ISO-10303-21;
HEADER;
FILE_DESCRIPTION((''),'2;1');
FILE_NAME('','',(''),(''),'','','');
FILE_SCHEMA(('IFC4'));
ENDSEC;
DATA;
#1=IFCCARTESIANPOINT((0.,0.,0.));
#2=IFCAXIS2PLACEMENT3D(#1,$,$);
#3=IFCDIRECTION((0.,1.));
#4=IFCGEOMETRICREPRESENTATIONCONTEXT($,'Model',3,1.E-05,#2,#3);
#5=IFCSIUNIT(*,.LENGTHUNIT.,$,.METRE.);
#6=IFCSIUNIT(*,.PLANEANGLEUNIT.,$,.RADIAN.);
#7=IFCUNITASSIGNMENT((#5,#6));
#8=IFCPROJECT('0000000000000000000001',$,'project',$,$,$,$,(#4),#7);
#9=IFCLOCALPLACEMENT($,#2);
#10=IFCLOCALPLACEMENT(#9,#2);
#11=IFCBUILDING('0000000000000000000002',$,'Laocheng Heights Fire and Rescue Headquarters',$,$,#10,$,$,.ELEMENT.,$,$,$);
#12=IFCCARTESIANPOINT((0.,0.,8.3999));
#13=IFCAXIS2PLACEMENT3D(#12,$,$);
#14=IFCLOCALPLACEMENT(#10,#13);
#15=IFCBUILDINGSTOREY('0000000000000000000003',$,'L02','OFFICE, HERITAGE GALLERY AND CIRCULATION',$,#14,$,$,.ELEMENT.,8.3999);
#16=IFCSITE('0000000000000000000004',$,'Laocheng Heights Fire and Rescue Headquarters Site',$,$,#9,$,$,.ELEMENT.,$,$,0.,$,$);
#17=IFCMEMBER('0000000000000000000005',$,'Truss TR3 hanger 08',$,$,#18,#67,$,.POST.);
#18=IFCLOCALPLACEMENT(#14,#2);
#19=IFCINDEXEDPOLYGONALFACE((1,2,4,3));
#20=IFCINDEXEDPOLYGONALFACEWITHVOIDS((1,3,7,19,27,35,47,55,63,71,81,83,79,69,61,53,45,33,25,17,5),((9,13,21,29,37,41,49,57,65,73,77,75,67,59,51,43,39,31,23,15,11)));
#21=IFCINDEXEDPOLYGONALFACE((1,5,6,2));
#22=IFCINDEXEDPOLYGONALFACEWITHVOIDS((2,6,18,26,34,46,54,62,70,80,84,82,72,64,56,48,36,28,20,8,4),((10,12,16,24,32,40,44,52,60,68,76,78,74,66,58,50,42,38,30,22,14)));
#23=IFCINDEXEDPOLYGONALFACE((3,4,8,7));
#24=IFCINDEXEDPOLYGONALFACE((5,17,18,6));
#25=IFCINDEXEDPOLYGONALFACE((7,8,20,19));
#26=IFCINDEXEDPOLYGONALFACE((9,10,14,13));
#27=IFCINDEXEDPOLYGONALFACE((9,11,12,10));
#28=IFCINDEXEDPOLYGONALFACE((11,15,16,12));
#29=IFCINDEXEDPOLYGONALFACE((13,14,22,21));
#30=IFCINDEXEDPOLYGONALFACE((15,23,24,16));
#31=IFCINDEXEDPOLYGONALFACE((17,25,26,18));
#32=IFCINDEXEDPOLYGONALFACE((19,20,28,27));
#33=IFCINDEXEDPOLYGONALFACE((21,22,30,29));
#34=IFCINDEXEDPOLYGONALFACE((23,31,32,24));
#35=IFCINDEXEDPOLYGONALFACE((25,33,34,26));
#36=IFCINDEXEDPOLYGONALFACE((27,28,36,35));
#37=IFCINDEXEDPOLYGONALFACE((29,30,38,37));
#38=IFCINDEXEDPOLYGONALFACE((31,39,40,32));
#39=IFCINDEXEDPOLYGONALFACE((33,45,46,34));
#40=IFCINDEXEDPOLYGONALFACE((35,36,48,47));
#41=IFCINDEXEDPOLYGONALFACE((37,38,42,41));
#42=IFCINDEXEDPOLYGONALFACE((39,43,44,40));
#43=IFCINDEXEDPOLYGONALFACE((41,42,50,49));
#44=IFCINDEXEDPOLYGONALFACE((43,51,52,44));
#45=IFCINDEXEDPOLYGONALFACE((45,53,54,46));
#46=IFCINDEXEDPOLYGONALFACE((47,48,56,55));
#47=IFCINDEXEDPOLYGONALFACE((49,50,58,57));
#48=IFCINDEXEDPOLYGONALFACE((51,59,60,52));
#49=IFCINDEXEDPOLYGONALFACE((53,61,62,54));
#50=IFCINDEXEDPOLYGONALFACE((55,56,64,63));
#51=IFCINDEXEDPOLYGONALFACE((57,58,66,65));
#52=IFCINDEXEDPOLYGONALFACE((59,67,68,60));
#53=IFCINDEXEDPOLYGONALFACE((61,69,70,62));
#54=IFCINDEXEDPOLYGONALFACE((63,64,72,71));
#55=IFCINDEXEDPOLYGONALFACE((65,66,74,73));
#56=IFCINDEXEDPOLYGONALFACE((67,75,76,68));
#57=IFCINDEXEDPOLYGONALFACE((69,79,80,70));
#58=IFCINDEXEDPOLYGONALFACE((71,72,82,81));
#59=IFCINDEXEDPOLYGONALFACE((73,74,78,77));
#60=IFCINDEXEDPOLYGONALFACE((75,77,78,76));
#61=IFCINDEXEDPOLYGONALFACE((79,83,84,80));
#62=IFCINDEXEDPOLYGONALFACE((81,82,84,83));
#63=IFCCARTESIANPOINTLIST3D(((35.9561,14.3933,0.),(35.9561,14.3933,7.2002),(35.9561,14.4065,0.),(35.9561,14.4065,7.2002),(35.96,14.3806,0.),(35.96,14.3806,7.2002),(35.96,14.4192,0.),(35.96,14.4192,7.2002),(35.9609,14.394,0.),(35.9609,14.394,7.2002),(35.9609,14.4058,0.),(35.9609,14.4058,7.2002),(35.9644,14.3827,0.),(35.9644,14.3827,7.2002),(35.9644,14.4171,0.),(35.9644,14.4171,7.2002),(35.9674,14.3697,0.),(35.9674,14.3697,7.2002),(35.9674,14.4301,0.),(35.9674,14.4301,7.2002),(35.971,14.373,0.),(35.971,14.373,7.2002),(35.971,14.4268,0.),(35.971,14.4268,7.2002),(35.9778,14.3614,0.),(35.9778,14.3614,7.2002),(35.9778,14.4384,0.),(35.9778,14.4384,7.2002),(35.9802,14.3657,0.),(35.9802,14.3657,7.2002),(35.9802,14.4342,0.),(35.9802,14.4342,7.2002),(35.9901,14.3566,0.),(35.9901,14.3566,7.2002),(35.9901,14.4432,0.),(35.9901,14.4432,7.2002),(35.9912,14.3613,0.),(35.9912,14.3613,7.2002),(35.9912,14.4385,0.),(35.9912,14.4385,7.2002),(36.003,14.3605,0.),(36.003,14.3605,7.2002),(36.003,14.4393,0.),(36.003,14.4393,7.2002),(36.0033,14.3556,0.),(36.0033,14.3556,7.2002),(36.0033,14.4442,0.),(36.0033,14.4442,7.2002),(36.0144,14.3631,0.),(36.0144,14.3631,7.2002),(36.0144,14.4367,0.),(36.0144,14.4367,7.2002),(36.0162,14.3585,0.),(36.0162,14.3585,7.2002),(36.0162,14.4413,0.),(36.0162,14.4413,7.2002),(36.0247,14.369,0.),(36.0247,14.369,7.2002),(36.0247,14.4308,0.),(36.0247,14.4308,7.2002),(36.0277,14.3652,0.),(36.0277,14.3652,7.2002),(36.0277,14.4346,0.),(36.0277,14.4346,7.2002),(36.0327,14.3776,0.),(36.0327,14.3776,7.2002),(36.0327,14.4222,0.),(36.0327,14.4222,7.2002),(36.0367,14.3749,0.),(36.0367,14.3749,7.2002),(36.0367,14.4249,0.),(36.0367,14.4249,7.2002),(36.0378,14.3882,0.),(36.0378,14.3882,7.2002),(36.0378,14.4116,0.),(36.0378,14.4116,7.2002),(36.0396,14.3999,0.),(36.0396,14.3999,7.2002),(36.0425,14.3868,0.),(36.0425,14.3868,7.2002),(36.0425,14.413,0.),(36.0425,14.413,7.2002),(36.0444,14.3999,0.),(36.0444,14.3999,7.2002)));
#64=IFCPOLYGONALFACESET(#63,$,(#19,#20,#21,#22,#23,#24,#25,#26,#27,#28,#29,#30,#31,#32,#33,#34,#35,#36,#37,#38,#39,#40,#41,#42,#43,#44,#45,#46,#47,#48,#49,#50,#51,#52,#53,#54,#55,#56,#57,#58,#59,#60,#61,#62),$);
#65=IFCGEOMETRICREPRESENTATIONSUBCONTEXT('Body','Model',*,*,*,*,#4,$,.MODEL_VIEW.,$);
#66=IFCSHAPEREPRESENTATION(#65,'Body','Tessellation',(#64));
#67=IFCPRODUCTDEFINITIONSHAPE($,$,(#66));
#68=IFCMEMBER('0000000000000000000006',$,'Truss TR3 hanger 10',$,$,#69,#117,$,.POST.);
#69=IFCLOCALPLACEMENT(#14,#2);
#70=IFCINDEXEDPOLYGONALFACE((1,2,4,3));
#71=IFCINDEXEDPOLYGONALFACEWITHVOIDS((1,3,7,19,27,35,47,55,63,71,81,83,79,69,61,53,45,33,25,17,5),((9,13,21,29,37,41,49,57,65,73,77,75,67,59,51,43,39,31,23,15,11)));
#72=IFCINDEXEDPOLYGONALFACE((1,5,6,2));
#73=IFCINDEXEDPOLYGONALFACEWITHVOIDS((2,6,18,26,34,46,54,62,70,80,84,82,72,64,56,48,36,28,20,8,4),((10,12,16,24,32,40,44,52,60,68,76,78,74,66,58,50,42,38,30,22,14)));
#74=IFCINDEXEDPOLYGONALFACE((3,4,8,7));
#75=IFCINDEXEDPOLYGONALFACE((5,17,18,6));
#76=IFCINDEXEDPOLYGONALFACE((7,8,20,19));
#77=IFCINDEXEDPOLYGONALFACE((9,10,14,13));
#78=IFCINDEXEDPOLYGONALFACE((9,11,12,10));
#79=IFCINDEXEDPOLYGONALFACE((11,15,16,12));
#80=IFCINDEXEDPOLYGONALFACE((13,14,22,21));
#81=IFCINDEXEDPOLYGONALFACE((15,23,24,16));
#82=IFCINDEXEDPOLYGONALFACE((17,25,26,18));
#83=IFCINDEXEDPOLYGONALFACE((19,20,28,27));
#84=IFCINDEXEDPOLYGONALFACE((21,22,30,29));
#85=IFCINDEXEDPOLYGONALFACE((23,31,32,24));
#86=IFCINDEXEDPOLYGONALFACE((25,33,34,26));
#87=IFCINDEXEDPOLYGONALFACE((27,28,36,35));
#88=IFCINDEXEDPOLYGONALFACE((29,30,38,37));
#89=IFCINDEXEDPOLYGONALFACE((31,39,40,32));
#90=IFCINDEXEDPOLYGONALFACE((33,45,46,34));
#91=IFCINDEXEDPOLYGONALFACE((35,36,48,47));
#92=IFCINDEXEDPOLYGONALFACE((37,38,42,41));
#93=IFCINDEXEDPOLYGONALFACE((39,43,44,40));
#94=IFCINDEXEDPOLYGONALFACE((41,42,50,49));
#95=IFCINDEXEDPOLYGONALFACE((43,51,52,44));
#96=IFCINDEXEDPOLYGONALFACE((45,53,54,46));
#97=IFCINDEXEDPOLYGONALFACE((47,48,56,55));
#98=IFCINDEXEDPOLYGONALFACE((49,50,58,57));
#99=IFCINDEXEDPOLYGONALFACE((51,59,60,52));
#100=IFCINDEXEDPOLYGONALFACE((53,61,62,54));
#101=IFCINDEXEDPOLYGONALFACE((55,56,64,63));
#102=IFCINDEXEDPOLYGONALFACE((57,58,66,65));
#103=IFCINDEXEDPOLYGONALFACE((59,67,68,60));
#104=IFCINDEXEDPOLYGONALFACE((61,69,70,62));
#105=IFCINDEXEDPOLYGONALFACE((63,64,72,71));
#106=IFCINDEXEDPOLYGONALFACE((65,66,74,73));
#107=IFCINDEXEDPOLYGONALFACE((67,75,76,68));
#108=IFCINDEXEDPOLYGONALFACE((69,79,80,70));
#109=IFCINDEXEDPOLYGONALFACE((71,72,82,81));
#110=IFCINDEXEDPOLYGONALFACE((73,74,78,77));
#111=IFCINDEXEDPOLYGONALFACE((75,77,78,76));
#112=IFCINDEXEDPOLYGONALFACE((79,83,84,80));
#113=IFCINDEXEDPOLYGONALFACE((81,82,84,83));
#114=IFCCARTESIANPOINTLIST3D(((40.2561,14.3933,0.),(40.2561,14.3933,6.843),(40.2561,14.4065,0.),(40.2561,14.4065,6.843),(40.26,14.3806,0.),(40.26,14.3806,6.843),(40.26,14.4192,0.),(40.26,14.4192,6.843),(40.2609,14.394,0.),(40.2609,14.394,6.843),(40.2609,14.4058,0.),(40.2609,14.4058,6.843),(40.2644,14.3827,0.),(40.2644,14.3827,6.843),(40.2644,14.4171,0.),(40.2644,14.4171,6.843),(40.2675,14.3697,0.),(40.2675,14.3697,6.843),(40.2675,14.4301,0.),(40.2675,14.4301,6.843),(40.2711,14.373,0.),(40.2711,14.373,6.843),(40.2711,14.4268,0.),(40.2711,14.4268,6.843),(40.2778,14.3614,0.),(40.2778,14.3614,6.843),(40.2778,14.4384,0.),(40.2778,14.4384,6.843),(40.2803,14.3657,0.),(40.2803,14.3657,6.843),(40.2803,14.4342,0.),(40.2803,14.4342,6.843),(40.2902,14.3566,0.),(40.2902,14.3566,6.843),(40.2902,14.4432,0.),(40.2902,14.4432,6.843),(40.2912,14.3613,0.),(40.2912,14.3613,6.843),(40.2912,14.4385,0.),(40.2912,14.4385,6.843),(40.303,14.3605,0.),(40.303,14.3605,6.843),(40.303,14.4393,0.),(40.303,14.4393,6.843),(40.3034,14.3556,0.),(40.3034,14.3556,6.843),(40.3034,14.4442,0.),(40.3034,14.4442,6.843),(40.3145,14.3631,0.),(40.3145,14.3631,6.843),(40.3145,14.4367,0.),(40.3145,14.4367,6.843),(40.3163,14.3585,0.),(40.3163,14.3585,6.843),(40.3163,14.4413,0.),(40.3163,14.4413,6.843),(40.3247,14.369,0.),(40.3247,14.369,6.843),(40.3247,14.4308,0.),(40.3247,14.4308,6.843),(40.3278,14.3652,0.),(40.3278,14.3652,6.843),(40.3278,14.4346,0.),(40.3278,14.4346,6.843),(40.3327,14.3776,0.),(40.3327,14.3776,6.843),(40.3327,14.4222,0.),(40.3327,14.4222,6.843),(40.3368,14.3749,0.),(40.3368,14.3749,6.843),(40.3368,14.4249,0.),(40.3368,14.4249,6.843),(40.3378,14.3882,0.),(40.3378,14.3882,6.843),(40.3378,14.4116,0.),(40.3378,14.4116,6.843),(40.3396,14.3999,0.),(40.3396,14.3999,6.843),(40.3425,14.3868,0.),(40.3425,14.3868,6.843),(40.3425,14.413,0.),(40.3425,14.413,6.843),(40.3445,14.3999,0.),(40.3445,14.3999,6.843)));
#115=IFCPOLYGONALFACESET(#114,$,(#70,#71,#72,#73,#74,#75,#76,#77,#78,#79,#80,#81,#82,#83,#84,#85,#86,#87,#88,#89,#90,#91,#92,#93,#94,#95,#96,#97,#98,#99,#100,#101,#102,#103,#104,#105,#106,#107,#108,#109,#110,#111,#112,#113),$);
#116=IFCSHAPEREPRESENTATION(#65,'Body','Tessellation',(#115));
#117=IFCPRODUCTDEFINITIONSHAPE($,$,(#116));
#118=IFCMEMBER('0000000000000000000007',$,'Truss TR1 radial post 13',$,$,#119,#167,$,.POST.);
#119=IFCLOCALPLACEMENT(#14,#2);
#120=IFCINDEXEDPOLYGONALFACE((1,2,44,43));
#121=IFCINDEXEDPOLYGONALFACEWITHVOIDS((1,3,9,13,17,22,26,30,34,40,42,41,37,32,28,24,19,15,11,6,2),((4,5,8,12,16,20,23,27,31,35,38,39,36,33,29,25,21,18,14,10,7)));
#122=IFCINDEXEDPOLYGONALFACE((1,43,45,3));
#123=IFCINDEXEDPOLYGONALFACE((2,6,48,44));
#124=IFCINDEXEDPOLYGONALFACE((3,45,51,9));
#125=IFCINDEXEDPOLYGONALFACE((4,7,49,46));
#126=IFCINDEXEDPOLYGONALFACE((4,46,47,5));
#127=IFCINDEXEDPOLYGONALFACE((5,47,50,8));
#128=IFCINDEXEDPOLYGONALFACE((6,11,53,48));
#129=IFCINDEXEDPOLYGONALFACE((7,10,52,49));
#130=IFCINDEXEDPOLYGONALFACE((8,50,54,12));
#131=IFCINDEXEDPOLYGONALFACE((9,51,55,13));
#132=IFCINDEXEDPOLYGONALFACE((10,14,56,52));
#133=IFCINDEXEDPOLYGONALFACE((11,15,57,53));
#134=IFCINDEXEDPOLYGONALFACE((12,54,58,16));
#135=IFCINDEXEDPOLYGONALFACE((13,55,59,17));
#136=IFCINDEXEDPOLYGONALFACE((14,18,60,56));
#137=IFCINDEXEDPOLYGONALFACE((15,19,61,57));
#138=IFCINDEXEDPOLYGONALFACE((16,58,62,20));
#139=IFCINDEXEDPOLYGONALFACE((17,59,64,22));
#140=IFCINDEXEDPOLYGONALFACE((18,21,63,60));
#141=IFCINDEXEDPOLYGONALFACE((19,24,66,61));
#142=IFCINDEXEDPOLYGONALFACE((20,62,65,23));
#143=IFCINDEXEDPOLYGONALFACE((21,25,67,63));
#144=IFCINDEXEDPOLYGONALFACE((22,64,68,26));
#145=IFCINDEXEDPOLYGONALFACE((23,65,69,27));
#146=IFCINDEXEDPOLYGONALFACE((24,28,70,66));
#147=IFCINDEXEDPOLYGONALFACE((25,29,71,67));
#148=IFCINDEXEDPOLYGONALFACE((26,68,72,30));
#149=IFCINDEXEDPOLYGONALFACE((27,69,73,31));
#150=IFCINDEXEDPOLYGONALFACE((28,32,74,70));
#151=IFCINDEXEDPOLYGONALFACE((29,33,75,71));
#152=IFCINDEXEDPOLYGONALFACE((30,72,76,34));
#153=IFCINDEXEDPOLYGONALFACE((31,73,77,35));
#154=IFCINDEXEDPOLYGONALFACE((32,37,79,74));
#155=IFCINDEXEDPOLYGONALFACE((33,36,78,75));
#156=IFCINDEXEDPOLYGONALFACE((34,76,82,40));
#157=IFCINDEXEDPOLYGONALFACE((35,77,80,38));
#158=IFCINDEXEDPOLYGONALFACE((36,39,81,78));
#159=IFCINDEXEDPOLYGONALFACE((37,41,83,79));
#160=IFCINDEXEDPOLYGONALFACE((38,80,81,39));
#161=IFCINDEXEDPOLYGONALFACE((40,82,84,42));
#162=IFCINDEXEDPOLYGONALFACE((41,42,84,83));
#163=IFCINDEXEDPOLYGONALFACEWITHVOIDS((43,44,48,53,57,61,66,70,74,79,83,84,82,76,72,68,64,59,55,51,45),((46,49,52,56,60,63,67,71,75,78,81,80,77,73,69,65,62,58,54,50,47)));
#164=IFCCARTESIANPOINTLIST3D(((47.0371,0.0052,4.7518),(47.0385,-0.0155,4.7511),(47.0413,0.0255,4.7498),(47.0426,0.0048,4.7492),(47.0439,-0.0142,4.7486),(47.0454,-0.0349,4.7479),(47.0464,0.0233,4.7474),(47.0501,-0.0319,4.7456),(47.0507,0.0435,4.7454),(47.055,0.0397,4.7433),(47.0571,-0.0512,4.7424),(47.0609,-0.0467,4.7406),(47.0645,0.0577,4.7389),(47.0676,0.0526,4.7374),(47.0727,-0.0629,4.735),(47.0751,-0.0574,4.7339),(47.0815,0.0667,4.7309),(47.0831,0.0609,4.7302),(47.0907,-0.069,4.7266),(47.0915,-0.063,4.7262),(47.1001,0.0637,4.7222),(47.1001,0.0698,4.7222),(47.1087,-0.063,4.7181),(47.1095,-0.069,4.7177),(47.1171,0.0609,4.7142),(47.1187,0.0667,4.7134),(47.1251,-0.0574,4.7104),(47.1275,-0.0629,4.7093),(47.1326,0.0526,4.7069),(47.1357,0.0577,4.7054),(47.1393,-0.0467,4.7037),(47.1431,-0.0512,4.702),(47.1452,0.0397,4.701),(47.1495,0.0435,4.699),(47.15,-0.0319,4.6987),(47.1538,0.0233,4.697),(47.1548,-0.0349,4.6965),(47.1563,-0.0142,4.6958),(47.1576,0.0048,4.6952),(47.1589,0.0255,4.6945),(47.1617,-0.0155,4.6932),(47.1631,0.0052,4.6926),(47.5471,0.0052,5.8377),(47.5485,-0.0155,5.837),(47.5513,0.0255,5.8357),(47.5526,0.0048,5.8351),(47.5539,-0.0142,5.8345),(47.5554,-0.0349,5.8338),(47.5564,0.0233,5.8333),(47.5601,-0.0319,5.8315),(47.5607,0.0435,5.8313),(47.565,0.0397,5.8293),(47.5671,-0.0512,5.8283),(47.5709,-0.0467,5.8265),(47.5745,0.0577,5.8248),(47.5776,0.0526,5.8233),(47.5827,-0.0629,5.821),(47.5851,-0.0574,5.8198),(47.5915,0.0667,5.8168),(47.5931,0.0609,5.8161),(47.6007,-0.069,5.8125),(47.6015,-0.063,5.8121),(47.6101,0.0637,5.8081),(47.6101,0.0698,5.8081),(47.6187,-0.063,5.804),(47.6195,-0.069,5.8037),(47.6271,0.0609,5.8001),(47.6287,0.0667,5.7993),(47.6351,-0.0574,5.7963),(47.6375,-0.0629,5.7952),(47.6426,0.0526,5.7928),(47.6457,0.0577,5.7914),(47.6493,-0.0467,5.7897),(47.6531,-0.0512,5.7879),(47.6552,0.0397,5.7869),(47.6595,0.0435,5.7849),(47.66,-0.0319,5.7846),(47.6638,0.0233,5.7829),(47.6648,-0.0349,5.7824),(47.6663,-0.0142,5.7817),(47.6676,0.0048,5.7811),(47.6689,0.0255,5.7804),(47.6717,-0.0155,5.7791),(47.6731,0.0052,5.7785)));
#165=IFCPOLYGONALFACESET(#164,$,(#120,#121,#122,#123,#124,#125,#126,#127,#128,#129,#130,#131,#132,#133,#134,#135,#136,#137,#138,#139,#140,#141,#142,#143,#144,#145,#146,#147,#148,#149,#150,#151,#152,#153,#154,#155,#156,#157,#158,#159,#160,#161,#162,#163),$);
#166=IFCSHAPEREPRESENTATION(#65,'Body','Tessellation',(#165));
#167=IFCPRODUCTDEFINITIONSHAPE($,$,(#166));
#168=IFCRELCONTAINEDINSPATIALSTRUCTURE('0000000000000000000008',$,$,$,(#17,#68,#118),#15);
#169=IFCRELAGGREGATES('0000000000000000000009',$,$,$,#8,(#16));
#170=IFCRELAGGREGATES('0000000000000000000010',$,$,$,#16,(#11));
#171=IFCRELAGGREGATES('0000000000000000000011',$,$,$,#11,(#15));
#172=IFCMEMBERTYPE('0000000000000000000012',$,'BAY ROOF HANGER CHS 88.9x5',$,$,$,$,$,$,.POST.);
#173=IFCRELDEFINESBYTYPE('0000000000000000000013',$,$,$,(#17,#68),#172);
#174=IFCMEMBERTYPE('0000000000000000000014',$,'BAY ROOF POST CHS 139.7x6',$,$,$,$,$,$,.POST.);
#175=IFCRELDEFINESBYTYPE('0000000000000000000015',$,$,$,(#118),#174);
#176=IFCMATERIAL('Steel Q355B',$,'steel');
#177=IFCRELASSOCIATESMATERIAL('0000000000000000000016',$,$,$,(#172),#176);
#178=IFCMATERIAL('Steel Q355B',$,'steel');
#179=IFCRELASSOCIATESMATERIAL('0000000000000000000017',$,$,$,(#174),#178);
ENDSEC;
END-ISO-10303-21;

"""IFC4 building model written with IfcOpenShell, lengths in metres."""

from ifc_helpers import new_model, si_unit, direction, frame, origin, origin_2d, place, context, subcontext, project, spatial, hollow_circle, extrude, material, material_profile, profile_set, type_object, element, save


model = new_model("IFC4")

# Units and contexts
model_context = context("Model", 3, precision=1e-05, world=origin(), true_north=direction((0.0, 1.0)))
body_context = subcontext(model_context, "Body", "Model", "MODEL_VIEW")
ifc_project = project(units=[si_unit("LENGTHUNIT", "METRE"), si_unit("PLANEANGLEUNIT", "RADIAN")], contexts=[model_context])

# Site, building, storey
site_placement = place(None, origin())
site = spatial("IfcSite", under=ifc_project, at=site_placement, Name="Laocheng Heights Fire and Rescue Headquarters Site", CompositionType="ELEMENT", RefElevation=0.0)
building_placement = place(site_placement, origin())
building = spatial("IfcBuilding", under=site, at=building_placement, Name="Laocheng Heights Fire and Rescue Headquarters", CompositionType="ELEMENT")
storey_placement = place(building_placement, frame((0.0, 0.0, 8.3999)))
storey = spatial("IfcBuildingStorey", under=building, at=storey_placement, Name="L02", Description="OFFICE, HERITAGE GALLERY AND CIRCULATION", CompositionType="ELEMENT", Elevation=8.3999)

# Members
ifc_material_1 = material(Name="Steel Q355B", Category="steel")
ifc_material_profile_1 = material_profile(ifc_material_1, hollow_circle(Radius=0.0444, WallThickness=0.0049, at=origin_2d()), Name="CHS 88.9x5")
ifc_profile_set_1 = profile_set([ifc_material_profile_1], Name="Steel Q355B")
member_type_1 = type_object("IfcMemberType", Name="BAY ROOF HANGER CHS 88.9x5", PredefinedType="POST", material=ifc_profile_set_1)
member_1_placement = place(storey_placement, frame((36.0, 14.3999, 0.0), z_axis=(0.0, 0.0, 1.0), x_axis=(1.0, 0.0, 0.0)))
element("IfcMember", 1, at=member_1_placement, inside=storey, type_object=member_type_1, Name="Truss TR3 hanger 08", PredefinedType="POST", context=body_context, shape_type="SweptSolid", body=[
    extrude(hollow_circle(Radius=0.0444, WallThickness=0.0049, at=origin_2d()), origin(), (0.0, 0.0, 1.0), 7.2002),
])
member_2_placement = place(storey_placement, frame((40.3, 14.3999, 0.0), z_axis=(0.0, 0.0, 1.0), x_axis=(1.0, 0.0, 0.0)))
element("IfcMember", 2, at=member_2_placement, inside=storey, type_object=member_type_1, Name="Truss TR3 hanger 10", PredefinedType="POST", context=body_context, shape_type="SweptSolid", body=[
    extrude(hollow_circle(Radius=0.0444, WallThickness=0.0049, at=origin_2d()), origin(), (0.0, 0.0, 1.0), 6.843),
])
ifc_material_2 = material(Name="Steel Q355B", Category="steel")
ifc_material_profile_2 = material_profile(ifc_material_2, hollow_circle(Radius=0.0698, WallThickness=0.0061, at=origin_2d()), Name="CHS 139.7x6")
ifc_profile_set_2 = profile_set([ifc_material_profile_2], Name="Steel Q355B")
member_type_2 = type_object("IfcMemberType", Name="BAY ROOF POST CHS 139.7x6", PredefinedType="POST", material=ifc_profile_set_2)
for number, where, z_axis, x_axis, name in (
    (3, (47.1001, 0.0, 4.7222), (0.425101, 0.0, 0.905146), (0.0, 1.0, 0.0), "Truss TR1 radial post 13"),
):
    element("IfcMember", number, at=place(storey_placement, frame(where, z_axis=z_axis, x_axis=x_axis)), inside=storey, type_object=member_type_2, Name=name, PredefinedType="POST", context=body_context, shape_type="SweptSolid", body=[
        extrude(hollow_circle(Radius=0.0698, WallThickness=0.0061, at=origin_2d()), origin(), (0.0, 0.0, 1.0), 1.1997),
    ])

save(model, "model.ifc")
